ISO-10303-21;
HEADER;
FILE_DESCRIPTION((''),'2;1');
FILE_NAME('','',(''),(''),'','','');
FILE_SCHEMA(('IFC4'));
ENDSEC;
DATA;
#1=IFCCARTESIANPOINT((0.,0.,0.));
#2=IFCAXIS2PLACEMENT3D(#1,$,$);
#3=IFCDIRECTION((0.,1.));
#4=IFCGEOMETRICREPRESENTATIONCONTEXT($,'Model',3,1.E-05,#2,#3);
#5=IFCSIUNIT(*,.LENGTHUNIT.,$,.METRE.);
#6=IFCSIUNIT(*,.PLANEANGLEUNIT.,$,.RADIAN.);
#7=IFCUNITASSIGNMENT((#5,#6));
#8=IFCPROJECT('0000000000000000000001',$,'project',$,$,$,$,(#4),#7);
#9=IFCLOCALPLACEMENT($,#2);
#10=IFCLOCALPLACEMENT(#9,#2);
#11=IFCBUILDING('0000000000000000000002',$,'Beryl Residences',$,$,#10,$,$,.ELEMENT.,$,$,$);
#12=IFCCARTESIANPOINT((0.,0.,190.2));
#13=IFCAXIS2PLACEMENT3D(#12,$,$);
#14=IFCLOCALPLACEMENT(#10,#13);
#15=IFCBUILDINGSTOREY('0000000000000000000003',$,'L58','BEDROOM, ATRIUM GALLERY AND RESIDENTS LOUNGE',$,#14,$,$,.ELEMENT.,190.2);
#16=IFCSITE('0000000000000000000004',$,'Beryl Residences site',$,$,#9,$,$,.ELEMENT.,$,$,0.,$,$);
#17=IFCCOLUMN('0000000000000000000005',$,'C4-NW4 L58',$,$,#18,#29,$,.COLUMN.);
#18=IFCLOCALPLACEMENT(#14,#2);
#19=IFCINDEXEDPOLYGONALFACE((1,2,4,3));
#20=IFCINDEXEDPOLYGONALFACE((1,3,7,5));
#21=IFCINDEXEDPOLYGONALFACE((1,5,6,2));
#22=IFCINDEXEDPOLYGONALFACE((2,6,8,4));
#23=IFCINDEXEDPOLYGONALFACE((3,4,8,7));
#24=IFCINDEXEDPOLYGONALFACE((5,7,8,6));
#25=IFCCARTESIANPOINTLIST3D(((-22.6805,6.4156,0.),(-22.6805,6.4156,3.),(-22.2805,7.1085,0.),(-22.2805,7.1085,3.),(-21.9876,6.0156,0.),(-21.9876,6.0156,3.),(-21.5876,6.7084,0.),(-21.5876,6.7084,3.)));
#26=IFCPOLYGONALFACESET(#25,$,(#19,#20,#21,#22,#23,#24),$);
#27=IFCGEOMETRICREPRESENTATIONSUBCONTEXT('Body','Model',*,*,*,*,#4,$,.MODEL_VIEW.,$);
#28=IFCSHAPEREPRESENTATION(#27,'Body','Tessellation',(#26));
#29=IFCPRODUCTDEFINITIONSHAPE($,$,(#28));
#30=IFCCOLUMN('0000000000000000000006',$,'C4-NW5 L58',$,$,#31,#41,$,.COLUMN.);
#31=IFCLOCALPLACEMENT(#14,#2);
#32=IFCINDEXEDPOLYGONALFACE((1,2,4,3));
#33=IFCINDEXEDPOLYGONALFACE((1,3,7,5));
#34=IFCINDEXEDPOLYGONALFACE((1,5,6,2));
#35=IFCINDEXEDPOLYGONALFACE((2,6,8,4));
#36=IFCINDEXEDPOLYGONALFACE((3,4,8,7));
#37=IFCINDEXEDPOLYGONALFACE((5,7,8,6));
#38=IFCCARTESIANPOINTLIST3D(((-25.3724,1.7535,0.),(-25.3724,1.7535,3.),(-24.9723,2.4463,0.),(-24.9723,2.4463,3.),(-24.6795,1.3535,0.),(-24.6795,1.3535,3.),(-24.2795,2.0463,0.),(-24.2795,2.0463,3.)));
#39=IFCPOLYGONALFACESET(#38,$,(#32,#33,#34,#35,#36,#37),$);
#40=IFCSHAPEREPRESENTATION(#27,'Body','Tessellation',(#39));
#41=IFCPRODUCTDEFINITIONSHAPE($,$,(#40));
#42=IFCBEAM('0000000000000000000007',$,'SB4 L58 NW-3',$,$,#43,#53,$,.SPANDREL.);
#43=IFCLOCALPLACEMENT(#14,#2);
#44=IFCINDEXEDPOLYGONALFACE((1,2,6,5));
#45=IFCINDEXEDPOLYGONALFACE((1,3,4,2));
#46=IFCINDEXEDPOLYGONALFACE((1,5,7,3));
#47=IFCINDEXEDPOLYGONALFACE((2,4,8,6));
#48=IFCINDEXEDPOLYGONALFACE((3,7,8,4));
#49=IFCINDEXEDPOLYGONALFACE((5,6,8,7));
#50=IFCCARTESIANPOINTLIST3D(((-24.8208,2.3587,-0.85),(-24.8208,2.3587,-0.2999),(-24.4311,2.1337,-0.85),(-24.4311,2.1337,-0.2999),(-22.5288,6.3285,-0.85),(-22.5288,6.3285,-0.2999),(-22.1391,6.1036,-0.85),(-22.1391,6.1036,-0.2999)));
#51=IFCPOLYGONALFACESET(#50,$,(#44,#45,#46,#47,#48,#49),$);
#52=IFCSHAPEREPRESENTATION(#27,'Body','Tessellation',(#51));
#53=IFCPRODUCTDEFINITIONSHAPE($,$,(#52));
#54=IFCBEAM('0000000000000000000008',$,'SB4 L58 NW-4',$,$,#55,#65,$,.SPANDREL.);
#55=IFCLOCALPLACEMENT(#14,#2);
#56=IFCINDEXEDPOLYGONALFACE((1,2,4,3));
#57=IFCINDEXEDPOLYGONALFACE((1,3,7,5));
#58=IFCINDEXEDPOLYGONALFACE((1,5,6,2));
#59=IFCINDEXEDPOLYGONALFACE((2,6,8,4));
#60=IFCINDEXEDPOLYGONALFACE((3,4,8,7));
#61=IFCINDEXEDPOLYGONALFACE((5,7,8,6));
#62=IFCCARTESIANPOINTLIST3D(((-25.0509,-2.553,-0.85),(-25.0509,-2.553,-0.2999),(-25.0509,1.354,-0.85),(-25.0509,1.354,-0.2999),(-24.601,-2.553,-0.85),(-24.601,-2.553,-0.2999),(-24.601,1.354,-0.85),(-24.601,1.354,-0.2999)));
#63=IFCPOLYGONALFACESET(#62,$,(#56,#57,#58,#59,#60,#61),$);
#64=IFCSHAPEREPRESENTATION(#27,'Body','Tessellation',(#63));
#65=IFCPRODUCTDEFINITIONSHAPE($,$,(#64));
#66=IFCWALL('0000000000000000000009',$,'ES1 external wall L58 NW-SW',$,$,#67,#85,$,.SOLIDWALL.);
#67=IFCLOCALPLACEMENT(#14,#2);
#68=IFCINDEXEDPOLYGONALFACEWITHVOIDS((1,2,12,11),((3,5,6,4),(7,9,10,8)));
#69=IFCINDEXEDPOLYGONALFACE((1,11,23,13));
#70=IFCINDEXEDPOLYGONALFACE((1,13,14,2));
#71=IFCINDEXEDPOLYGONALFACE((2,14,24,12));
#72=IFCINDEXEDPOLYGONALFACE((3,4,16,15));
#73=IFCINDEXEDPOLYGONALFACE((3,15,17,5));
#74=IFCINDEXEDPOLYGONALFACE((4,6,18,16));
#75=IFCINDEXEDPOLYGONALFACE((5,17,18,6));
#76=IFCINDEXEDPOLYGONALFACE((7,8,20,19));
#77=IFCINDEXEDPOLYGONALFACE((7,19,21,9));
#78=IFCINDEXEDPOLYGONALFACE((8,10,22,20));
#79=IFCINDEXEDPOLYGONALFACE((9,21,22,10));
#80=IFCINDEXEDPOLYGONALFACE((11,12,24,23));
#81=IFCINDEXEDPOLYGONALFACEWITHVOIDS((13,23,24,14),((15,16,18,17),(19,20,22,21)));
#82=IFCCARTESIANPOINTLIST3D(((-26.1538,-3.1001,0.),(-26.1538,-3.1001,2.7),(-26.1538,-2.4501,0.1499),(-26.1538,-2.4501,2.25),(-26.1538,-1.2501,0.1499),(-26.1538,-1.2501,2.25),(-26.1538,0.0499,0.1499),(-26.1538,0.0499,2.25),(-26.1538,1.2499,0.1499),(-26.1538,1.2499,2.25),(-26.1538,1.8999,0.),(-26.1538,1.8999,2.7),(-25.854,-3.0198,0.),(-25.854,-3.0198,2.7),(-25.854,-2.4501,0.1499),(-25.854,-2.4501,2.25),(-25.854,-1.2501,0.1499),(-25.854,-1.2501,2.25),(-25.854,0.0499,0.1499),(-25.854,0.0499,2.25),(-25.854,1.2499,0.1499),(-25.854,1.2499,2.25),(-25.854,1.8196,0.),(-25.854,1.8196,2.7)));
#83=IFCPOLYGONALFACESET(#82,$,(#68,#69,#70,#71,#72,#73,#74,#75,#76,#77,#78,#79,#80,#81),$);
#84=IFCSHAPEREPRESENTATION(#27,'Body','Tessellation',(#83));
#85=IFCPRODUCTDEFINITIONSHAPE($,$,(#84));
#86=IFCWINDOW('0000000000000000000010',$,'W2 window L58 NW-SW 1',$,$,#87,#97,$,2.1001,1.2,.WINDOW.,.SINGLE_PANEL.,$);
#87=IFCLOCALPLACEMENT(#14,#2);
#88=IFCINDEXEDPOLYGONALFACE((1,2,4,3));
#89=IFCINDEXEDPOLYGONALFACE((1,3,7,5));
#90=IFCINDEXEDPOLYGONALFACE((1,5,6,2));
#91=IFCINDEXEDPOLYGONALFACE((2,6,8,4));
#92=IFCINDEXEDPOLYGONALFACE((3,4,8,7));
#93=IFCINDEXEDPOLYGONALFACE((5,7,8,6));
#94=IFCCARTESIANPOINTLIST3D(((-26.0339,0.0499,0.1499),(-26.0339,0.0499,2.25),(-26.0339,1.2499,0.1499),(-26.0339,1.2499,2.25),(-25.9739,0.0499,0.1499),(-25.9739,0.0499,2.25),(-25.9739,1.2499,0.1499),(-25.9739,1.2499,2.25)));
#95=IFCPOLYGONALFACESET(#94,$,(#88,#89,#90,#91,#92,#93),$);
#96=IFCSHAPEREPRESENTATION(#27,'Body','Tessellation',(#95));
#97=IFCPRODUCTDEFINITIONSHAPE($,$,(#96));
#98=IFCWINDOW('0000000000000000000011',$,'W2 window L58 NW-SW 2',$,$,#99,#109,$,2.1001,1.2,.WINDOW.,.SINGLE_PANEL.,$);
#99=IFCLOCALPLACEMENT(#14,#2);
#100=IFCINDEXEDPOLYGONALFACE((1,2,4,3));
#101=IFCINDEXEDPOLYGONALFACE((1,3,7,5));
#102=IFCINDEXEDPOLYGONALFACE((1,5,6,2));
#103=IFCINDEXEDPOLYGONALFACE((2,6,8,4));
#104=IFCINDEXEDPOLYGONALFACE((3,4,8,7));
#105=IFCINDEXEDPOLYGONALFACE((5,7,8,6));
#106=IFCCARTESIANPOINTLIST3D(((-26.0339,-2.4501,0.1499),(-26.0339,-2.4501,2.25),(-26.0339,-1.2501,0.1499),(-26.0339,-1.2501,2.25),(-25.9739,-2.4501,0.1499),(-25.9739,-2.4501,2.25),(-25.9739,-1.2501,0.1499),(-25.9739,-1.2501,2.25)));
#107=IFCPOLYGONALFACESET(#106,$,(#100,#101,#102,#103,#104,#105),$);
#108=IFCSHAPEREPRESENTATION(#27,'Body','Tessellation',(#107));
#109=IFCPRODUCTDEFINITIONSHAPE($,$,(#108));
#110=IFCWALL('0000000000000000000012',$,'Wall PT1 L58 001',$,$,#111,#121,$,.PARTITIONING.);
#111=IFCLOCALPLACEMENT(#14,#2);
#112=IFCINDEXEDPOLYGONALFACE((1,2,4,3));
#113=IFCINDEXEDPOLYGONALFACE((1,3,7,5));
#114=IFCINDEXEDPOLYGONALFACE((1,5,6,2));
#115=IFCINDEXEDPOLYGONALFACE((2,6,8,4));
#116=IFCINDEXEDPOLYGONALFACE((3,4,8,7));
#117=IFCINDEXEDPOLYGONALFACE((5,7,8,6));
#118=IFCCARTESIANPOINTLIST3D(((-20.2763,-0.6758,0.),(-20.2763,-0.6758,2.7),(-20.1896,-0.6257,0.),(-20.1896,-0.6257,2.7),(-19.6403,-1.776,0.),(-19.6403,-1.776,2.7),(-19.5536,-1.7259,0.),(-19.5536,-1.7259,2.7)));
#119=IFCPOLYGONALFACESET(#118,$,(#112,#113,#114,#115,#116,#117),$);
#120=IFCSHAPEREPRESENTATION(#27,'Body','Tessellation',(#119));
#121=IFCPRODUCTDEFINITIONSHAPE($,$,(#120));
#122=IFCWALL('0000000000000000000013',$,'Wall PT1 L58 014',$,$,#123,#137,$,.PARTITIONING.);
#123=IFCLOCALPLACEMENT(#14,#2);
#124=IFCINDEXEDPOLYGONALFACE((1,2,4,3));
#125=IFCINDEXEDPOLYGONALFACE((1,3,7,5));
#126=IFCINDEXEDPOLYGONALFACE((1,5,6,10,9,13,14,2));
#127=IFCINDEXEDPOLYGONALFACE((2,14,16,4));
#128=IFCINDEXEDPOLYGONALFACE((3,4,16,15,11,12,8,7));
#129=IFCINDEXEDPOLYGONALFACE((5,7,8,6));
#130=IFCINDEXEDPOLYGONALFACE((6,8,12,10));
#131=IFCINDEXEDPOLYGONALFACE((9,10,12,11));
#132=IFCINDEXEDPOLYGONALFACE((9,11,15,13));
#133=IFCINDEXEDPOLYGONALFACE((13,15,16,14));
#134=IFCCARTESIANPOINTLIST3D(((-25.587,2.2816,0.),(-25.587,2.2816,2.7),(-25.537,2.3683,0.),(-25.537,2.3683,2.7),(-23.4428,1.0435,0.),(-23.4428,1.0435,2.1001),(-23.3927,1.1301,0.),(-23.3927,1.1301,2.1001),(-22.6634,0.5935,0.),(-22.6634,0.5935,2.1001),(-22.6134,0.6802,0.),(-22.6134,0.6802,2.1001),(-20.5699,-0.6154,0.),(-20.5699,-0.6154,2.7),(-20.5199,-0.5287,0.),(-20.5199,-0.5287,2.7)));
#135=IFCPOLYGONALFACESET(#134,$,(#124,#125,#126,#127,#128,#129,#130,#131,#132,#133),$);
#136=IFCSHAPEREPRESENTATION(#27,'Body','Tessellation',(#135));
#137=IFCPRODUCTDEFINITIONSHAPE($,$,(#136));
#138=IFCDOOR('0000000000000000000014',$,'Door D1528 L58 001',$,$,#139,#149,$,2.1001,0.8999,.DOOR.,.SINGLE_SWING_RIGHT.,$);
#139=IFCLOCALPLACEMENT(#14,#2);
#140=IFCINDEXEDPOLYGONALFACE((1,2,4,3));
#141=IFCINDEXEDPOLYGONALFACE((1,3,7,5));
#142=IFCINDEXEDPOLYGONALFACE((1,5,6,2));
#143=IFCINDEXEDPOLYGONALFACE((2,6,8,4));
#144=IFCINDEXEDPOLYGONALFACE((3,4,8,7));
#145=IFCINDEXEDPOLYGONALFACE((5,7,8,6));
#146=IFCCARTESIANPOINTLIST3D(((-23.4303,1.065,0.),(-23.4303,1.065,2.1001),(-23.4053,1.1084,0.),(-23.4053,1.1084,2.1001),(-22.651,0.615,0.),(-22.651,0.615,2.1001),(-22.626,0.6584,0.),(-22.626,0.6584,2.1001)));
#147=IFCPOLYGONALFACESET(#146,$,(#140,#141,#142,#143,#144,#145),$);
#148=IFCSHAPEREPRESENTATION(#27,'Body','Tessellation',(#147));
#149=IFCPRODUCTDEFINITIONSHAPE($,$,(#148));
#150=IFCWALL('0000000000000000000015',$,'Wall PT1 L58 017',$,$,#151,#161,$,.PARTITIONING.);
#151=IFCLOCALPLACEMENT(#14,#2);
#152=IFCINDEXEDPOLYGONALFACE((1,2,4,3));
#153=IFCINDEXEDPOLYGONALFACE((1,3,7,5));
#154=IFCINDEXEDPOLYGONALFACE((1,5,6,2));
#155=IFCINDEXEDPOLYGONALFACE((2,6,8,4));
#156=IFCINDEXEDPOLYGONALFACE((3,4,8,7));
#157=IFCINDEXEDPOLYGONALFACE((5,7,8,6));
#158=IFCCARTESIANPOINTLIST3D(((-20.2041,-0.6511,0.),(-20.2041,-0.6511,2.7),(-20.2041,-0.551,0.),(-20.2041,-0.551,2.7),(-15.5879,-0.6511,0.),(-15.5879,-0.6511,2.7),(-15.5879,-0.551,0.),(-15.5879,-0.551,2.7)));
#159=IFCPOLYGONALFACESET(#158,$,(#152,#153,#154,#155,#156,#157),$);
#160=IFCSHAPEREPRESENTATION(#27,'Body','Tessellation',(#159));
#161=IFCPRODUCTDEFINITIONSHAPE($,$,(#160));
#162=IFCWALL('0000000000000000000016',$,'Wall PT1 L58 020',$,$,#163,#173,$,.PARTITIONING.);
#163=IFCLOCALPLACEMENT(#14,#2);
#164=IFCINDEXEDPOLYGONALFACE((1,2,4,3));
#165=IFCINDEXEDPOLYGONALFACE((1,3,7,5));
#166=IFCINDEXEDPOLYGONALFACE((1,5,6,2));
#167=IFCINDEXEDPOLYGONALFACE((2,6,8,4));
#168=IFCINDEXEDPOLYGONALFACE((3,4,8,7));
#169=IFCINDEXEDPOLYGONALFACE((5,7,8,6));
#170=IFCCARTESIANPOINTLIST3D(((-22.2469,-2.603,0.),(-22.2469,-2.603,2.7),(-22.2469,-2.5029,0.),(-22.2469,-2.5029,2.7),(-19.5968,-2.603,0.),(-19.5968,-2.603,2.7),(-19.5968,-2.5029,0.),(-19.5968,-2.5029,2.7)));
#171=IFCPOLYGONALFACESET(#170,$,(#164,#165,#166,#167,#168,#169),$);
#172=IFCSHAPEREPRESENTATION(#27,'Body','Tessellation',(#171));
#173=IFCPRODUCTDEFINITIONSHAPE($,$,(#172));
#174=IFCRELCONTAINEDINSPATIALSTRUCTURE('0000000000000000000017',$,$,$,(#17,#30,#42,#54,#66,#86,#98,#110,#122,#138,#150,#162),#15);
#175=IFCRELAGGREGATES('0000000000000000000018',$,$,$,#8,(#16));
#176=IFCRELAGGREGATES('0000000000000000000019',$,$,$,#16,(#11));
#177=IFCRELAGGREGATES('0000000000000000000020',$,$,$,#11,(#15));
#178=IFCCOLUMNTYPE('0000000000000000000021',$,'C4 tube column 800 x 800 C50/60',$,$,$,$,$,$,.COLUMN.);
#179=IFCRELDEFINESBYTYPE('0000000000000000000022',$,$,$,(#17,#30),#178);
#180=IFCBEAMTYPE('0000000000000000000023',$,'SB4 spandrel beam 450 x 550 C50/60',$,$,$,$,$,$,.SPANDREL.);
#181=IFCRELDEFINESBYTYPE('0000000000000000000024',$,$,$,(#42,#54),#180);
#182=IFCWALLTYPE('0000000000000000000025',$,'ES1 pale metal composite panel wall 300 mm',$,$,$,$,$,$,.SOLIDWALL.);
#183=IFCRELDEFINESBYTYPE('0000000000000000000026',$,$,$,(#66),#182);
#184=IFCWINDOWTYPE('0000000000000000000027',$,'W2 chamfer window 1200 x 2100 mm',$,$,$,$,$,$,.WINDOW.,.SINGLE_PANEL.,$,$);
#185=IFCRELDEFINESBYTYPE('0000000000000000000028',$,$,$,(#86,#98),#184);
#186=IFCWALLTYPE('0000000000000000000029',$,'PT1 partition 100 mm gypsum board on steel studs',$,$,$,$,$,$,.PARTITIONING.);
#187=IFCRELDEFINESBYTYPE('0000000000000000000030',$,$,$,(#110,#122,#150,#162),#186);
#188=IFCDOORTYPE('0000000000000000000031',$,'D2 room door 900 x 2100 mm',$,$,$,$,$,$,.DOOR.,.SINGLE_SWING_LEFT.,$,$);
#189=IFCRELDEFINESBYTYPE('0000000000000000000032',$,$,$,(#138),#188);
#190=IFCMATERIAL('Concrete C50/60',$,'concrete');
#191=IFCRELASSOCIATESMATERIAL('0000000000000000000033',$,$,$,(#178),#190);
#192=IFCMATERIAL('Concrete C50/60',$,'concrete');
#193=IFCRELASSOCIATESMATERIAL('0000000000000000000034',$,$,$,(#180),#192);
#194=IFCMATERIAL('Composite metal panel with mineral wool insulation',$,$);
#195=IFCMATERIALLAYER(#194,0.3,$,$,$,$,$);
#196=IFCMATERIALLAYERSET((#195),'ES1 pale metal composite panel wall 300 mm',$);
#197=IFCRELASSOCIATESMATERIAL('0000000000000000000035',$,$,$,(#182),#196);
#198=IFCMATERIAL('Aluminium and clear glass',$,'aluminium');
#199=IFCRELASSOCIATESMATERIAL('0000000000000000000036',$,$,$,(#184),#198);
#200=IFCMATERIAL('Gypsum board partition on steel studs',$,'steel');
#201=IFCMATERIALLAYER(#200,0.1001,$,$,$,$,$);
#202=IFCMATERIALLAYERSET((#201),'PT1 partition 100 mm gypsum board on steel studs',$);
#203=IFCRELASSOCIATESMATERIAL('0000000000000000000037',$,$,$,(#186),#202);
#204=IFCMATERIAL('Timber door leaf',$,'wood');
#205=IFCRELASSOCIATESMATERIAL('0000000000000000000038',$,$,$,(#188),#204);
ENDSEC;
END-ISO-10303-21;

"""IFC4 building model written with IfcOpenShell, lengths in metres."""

from ifc_helpers import new_model, si_unit, direction, frame, frame_2d, origin, origin_2d, place, context, subcontext, project, spatial, polyline, rectangle, outline, extrude, material, layer, layer_set, material_profile, profile_set, type_object, element, fill, save


model = new_model("IFC4")

# Units and contexts
model_context = context("Model", 3, precision=1e-05, world=origin(), true_north=direction((0.0, 1.0)))
body_context = subcontext(model_context, "Body", "Model", "MODEL_VIEW")
ifc_project = project(units=[si_unit("LENGTHUNIT", "METRE"), si_unit("PLANEANGLEUNIT", "RADIAN")], contexts=[model_context])

# Site, building, storey
site_placement = place(None, origin())
site = spatial("IfcSite", under=ifc_project, at=site_placement, Name="Beryl Residences site", CompositionType="ELEMENT", RefElevation=0.0)
building_placement = place(site_placement, origin())
building = spatial("IfcBuilding", under=site, at=building_placement, Name="Beryl Residences", CompositionType="ELEMENT")
storey_placement = place(building_placement, frame((0.0, 0.0, 190.2)))
storey = spatial("IfcBuildingStorey", under=building, at=storey_placement, Name="L58", Description="BEDROOM, ATRIUM GALLERY AND RESIDENTS LOUNGE", CompositionType="ELEMENT", Elevation=190.2)

# Columns
ifc_material_1 = material(Name="Concrete C50/60", Category="concrete")
ifc_material_profile_1 = material_profile(ifc_material_1, rectangle(XDim=0.8, YDim=0.8, at=origin_2d()))
ifc_profile_set_1 = profile_set([ifc_material_profile_1], Name="Concrete C50/60")
column_type = type_object("IfcColumnType", Name="C4 tube column 800 x 800 C50/60", PredefinedType="COLUMN", material=ifc_profile_set_1)
for number, where, z_axis, x_axis, name in (
    (1, (-22.134, 6.562, 0.0), (0.0, 0.0, 1.0), (-0.5, -0.866025, 0.0), "C4-NW4 L58"),
    (2, (-24.8259, 1.8999, 0.0), (0.0, 0.0, 1.0), (-0.5, -0.866025, 0.0), "C4-NW5 L58"),
):
    element("IfcColumn", number, at=place(storey_placement, frame(where, z_axis=z_axis, x_axis=x_axis)), inside=storey, type_object=column_type, Name=name, PredefinedType="COLUMN", context=body_context, shape_type="SweptSolid", body=[
        extrude(rectangle(XDim=0.8, YDim=0.8, at=origin_2d()), origin(), (0.0, 0.0, 1.0), 3.0),
    ])

# Beams
ifc_material_2 = material(Name="Concrete C50/60", Category="concrete")
ifc_material_profile_2 = material_profile(ifc_material_2, rectangle(XDim=0.45, YDim=0.55, at=origin_2d()))
ifc_profile_set_2 = profile_set([ifc_material_profile_2], Name="Concrete C50/60")
beam_type = type_object("IfcBeamType", Name="SB4 spandrel beam 450 x 550 C50/60", PredefinedType="SPANDREL", material=ifc_profile_set_2)
beam_1_placement = place(storey_placement, frame((-22.334, 6.2161, -0.575), z_axis=(-0.499988, -0.866032, 0.0), x_axis=(0.866032, -0.499988, 0.0)))
element("IfcBeam", 3, at=beam_1_placement, inside=storey, type_object=beam_type, Name="SB4 L58 NW-3", PredefinedType="SPANDREL", context=body_context, shape_type="SweptSolid", body=[
    extrude(rectangle(XDim=0.45, YDim=0.55, at=origin_2d()), origin(), (0.0, 0.0, 1.0), 4.584),
])
beam_2_placement = place(storey_placement, frame((-24.8259, 1.354, -0.575), z_axis=(0.0, -1.0, 0.0), x_axis=(1.0, 0.0, 0.0)))
element("IfcBeam", 4, at=beam_2_placement, inside=storey, type_object=beam_type, Name="SB4 L58 NW-4", PredefinedType="SPANDREL", context=body_context, shape_type="SweptSolid", body=[
    extrude(rectangle(XDim=0.45, YDim=0.55, at=origin_2d()), origin(), (0.0, 0.0, 1.0), 3.907),
])

# Wall, openings, windows
ifc_material_3 = material(Name="Composite metal panel with mineral wool insulation")
ifc_layer_1 = layer(ifc_material_3, 0.3)
ifc_layer_set_1 = layer_set([ifc_layer_1], Name="ES1 pale metal composite panel wall 300 mm")
wall_type_1 = type_object("IfcWallType", Name="ES1 pale metal composite panel wall 300 mm", PredefinedType="SOLIDWALL", material=ifc_layer_set_1)
wall_1_placement = place(storey_placement, frame((-26.0039, 1.8999, 0.0), z_axis=(0.0, 0.0, 1.0), x_axis=(0.0, -1.0, 0.0)))
wall_1 = element("IfcWall", 5, at=wall_1_placement, inside=storey, type_object=wall_type_1, Name="ES1 external wall L58 NW-SW", PredefinedType="SOLIDWALL", context=body_context, shape_type="SweptSolid", body=[
    extrude(outline(polyline([(0.0, -0.1499), (5.0, -0.1499), (4.9197, 0.1499), (0.0803, 0.1499), (0.0, -0.1499)])), origin(), (0.0, 0.0, 1.0), 2.7),
])
opening_1_placement = place(wall_1_placement, frame((0.6499, 0.0, 0.1499)))
opening_1 = element("IfcOpeningElement", 6, at=opening_1_placement, cuts=wall_1, PredefinedType="OPENING", context=body_context, shape_type="SweptSolid", body=[
    extrude(rectangle(XDim=1.2, YDim=2.1001, at=frame_2d((0.6001, 1.05))), frame((0.0, 0.1599, 0.0), z_axis=(0.0, -1.0, 0.0), x_axis=(1.0, 0.0, 0.0)), (0.0, 0.0, 1.0), 0.3201),
])
opening_2_placement = place(wall_1_placement, frame((3.1499, 0.0, 0.1499)))
opening_2 = element("IfcOpeningElement", 7, at=opening_2_placement, cuts=wall_1, PredefinedType="OPENING", context=body_context, shape_type="SweptSolid", body=[
    extrude(rectangle(XDim=1.2, YDim=2.1001, at=frame_2d((0.6001, 1.05))), frame((0.0, 0.1599, 0.0), z_axis=(0.0, -1.0, 0.0), x_axis=(1.0, 0.0, 0.0)), (0.0, 0.0, 1.0), 0.3201),
])
ifc_material_4 = material(Name="Aluminium and clear glass", Category="aluminium")
window_type = type_object("IfcWindowType", Name="W2 chamfer window 1200 x 2100 mm", PartitioningType="SINGLE_PANEL", PredefinedType="WINDOW", material=ifc_material_4)
window_1_placement = place(opening_1_placement, origin())
window_1 = element("IfcWindow", 8, at=window_1_placement, inside=storey, type_object=window_type, Name="W2 window L58 NW-SW 1", OverallHeight=2.1001, OverallWidth=1.2, PartitioningType="SINGLE_PANEL", PredefinedType="WINDOW", context=body_context, shape_type="SweptSolid", body=[
    extrude(rectangle(XDim=1.2, YDim=2.1001, at=frame_2d((0.6001, 1.05))), frame((0.0, 0.03, 0.0), z_axis=(0.0, -1.0, 0.0), x_axis=(1.0, 0.0, 0.0)), (0.0, 0.0, 1.0), 0.0601),
])
fill(opening_1, window_1)
window_2_placement = place(opening_2_placement, origin())
window_2 = element("IfcWindow", 9, at=window_2_placement, inside=storey, type_object=window_type, Name="W2 window L58 NW-SW 2", OverallHeight=2.1001, OverallWidth=1.2, PartitioningType="SINGLE_PANEL", PredefinedType="WINDOW", context=body_context, shape_type="SweptSolid", body=[
    extrude(rectangle(XDim=1.2, YDim=2.1001, at=frame_2d((0.6001, 1.05))), frame((0.0, 0.03, 0.0), z_axis=(0.0, -1.0, 0.0), x_axis=(1.0, 0.0, 0.0)), (0.0, 0.0, 1.0), 0.0601),
])
fill(opening_2, window_2)

# Wall
ifc_material_5 = material(Name="Gypsum board partition on steel studs", Category="steel")
ifc_layer_2 = layer(ifc_material_5, 0.1001)
ifc_layer_set_2 = layer_set([ifc_layer_2], Name="PT1 partition 100 mm gypsum board on steel studs")
wall_type_2 = type_object("IfcWallType", Name="PT1 partition 100 mm gypsum board on steel studs", PredefinedType="PARTITIONING", material=ifc_layer_set_2)
wall_2_placement = place(storey_placement, frame((-20.2329, -0.6509, 0.0), z_axis=(0.0, 0.0, 1.0), x_axis=(0.500498, -0.865737, 0.0)))
element("IfcWall", 10, at=wall_2_placement, inside=storey, type_object=wall_type_2, Name="Wall PT1 L58 001", PredefinedType="PARTITIONING", context=body_context, shape_type="SweptSolid", body=[
    extrude(rectangle(XDim=1.2708, YDim=0.1001, at=frame_2d((0.6353, 0.0))), origin(), (0.0, 0.0, 1.0), 2.7),
])

# Wall, opening, door
wall_3_placement = place(storey_placement, frame((-25.562, 2.325, 0.0), z_axis=(0.0, 0.0, 1.0), x_axis=(0.865999, -0.500046, 0.0)))
wall_3 = element("IfcWall", 11, at=wall_3_placement, inside=storey, type_object=wall_type_2, Name="Wall PT1 L58 014", PredefinedType="PARTITIONING", context=body_context, shape_type="SweptSolid", body=[
    extrude(rectangle(XDim=5.7935, YDim=0.1001, at=frame_2d((2.8967, 0.0))), origin(), (0.0, 0.0, 1.0), 2.7),
])
opening_3_placement = place(wall_3_placement, frame((2.4761, 0.0, 0.0)))
opening_3 = element("IfcOpeningElement", 12, at=opening_3_placement, cuts=wall_3, PredefinedType="OPENING", context=body_context, shape_type="SweptSolid", body=[
    extrude(rectangle(XDim=0.8999, YDim=2.1001, at=frame_2d((0.45, 1.05))), frame((0.0, 0.0601, 0.0), z_axis=(0.0, -1.0, 0.0), x_axis=(1.0, 0.0, 0.0)), (0.0, 0.0, 1.0), 0.1201),
])
ifc_material_6 = material(Name="Timber door leaf", Category="wood")
door_type_1 = type_object("IfcDoorType", Name="D2 room door 900 x 2100 mm", OperationType="SINGLE_SWING_LEFT", PredefinedType="DOOR", material=ifc_material_6)
door_1_placement = place(opening_3_placement, origin())
door_1 = element("IfcDoor", 13, at=door_1_placement, inside=storey, type_object=door_type_1, Name="Door D1528 L58 001", OperationType="SINGLE_SWING_RIGHT", OverallHeight=2.1001, OverallWidth=0.8999, PredefinedType="DOOR", context=body_context, shape_type="SweptSolid", body=[
    extrude(rectangle(XDim=0.8999, YDim=2.1001, at=frame_2d((0.45, 1.05))), frame((0.0, 0.0249, 0.0), z_axis=(0.0, -1.0, 0.0), x_axis=(1.0, 0.0, 0.0)), (0.0, 0.0, 1.0), 0.05),
])
fill(opening_3, door_1)

# Walls
wall_4_placement = place(storey_placement, frame((-20.2041, -0.6011, 0.0), z_axis=(0.0, 0.0, 1.0), x_axis=(1.0, 0.0, 0.0)))
element("IfcWall", 14, at=wall_4_placement, inside=storey, type_object=wall_type_2, Name="Wall PT1 L58 017", PredefinedType="PARTITIONING", context=body_context, shape_type="SweptSolid", body=[
    extrude(rectangle(XDim=4.6162, YDim=0.1001, at=frame_2d((2.3081, 0.0))), origin(), (0.0, 0.0, 1.0), 2.7),
])
wall_5_placement = place(storey_placement, frame((-22.2471, -2.553, 0.0), z_axis=(0.0, 0.0, 1.0), x_axis=(1.0, 0.0, 0.0)))
element("IfcWall", 15, at=wall_5_placement, inside=storey, type_object=wall_type_2, Name="Wall PT1 L58 020", PredefinedType="PARTITIONING", context=body_context, shape_type="SweptSolid", body=[
    extrude(rectangle(XDim=2.6501, YDim=0.1001, at=frame_2d((1.3252, 0.0))), origin(), (0.0, 0.0, 1.0), 2.7),
])

save(model, "model.ifc")
